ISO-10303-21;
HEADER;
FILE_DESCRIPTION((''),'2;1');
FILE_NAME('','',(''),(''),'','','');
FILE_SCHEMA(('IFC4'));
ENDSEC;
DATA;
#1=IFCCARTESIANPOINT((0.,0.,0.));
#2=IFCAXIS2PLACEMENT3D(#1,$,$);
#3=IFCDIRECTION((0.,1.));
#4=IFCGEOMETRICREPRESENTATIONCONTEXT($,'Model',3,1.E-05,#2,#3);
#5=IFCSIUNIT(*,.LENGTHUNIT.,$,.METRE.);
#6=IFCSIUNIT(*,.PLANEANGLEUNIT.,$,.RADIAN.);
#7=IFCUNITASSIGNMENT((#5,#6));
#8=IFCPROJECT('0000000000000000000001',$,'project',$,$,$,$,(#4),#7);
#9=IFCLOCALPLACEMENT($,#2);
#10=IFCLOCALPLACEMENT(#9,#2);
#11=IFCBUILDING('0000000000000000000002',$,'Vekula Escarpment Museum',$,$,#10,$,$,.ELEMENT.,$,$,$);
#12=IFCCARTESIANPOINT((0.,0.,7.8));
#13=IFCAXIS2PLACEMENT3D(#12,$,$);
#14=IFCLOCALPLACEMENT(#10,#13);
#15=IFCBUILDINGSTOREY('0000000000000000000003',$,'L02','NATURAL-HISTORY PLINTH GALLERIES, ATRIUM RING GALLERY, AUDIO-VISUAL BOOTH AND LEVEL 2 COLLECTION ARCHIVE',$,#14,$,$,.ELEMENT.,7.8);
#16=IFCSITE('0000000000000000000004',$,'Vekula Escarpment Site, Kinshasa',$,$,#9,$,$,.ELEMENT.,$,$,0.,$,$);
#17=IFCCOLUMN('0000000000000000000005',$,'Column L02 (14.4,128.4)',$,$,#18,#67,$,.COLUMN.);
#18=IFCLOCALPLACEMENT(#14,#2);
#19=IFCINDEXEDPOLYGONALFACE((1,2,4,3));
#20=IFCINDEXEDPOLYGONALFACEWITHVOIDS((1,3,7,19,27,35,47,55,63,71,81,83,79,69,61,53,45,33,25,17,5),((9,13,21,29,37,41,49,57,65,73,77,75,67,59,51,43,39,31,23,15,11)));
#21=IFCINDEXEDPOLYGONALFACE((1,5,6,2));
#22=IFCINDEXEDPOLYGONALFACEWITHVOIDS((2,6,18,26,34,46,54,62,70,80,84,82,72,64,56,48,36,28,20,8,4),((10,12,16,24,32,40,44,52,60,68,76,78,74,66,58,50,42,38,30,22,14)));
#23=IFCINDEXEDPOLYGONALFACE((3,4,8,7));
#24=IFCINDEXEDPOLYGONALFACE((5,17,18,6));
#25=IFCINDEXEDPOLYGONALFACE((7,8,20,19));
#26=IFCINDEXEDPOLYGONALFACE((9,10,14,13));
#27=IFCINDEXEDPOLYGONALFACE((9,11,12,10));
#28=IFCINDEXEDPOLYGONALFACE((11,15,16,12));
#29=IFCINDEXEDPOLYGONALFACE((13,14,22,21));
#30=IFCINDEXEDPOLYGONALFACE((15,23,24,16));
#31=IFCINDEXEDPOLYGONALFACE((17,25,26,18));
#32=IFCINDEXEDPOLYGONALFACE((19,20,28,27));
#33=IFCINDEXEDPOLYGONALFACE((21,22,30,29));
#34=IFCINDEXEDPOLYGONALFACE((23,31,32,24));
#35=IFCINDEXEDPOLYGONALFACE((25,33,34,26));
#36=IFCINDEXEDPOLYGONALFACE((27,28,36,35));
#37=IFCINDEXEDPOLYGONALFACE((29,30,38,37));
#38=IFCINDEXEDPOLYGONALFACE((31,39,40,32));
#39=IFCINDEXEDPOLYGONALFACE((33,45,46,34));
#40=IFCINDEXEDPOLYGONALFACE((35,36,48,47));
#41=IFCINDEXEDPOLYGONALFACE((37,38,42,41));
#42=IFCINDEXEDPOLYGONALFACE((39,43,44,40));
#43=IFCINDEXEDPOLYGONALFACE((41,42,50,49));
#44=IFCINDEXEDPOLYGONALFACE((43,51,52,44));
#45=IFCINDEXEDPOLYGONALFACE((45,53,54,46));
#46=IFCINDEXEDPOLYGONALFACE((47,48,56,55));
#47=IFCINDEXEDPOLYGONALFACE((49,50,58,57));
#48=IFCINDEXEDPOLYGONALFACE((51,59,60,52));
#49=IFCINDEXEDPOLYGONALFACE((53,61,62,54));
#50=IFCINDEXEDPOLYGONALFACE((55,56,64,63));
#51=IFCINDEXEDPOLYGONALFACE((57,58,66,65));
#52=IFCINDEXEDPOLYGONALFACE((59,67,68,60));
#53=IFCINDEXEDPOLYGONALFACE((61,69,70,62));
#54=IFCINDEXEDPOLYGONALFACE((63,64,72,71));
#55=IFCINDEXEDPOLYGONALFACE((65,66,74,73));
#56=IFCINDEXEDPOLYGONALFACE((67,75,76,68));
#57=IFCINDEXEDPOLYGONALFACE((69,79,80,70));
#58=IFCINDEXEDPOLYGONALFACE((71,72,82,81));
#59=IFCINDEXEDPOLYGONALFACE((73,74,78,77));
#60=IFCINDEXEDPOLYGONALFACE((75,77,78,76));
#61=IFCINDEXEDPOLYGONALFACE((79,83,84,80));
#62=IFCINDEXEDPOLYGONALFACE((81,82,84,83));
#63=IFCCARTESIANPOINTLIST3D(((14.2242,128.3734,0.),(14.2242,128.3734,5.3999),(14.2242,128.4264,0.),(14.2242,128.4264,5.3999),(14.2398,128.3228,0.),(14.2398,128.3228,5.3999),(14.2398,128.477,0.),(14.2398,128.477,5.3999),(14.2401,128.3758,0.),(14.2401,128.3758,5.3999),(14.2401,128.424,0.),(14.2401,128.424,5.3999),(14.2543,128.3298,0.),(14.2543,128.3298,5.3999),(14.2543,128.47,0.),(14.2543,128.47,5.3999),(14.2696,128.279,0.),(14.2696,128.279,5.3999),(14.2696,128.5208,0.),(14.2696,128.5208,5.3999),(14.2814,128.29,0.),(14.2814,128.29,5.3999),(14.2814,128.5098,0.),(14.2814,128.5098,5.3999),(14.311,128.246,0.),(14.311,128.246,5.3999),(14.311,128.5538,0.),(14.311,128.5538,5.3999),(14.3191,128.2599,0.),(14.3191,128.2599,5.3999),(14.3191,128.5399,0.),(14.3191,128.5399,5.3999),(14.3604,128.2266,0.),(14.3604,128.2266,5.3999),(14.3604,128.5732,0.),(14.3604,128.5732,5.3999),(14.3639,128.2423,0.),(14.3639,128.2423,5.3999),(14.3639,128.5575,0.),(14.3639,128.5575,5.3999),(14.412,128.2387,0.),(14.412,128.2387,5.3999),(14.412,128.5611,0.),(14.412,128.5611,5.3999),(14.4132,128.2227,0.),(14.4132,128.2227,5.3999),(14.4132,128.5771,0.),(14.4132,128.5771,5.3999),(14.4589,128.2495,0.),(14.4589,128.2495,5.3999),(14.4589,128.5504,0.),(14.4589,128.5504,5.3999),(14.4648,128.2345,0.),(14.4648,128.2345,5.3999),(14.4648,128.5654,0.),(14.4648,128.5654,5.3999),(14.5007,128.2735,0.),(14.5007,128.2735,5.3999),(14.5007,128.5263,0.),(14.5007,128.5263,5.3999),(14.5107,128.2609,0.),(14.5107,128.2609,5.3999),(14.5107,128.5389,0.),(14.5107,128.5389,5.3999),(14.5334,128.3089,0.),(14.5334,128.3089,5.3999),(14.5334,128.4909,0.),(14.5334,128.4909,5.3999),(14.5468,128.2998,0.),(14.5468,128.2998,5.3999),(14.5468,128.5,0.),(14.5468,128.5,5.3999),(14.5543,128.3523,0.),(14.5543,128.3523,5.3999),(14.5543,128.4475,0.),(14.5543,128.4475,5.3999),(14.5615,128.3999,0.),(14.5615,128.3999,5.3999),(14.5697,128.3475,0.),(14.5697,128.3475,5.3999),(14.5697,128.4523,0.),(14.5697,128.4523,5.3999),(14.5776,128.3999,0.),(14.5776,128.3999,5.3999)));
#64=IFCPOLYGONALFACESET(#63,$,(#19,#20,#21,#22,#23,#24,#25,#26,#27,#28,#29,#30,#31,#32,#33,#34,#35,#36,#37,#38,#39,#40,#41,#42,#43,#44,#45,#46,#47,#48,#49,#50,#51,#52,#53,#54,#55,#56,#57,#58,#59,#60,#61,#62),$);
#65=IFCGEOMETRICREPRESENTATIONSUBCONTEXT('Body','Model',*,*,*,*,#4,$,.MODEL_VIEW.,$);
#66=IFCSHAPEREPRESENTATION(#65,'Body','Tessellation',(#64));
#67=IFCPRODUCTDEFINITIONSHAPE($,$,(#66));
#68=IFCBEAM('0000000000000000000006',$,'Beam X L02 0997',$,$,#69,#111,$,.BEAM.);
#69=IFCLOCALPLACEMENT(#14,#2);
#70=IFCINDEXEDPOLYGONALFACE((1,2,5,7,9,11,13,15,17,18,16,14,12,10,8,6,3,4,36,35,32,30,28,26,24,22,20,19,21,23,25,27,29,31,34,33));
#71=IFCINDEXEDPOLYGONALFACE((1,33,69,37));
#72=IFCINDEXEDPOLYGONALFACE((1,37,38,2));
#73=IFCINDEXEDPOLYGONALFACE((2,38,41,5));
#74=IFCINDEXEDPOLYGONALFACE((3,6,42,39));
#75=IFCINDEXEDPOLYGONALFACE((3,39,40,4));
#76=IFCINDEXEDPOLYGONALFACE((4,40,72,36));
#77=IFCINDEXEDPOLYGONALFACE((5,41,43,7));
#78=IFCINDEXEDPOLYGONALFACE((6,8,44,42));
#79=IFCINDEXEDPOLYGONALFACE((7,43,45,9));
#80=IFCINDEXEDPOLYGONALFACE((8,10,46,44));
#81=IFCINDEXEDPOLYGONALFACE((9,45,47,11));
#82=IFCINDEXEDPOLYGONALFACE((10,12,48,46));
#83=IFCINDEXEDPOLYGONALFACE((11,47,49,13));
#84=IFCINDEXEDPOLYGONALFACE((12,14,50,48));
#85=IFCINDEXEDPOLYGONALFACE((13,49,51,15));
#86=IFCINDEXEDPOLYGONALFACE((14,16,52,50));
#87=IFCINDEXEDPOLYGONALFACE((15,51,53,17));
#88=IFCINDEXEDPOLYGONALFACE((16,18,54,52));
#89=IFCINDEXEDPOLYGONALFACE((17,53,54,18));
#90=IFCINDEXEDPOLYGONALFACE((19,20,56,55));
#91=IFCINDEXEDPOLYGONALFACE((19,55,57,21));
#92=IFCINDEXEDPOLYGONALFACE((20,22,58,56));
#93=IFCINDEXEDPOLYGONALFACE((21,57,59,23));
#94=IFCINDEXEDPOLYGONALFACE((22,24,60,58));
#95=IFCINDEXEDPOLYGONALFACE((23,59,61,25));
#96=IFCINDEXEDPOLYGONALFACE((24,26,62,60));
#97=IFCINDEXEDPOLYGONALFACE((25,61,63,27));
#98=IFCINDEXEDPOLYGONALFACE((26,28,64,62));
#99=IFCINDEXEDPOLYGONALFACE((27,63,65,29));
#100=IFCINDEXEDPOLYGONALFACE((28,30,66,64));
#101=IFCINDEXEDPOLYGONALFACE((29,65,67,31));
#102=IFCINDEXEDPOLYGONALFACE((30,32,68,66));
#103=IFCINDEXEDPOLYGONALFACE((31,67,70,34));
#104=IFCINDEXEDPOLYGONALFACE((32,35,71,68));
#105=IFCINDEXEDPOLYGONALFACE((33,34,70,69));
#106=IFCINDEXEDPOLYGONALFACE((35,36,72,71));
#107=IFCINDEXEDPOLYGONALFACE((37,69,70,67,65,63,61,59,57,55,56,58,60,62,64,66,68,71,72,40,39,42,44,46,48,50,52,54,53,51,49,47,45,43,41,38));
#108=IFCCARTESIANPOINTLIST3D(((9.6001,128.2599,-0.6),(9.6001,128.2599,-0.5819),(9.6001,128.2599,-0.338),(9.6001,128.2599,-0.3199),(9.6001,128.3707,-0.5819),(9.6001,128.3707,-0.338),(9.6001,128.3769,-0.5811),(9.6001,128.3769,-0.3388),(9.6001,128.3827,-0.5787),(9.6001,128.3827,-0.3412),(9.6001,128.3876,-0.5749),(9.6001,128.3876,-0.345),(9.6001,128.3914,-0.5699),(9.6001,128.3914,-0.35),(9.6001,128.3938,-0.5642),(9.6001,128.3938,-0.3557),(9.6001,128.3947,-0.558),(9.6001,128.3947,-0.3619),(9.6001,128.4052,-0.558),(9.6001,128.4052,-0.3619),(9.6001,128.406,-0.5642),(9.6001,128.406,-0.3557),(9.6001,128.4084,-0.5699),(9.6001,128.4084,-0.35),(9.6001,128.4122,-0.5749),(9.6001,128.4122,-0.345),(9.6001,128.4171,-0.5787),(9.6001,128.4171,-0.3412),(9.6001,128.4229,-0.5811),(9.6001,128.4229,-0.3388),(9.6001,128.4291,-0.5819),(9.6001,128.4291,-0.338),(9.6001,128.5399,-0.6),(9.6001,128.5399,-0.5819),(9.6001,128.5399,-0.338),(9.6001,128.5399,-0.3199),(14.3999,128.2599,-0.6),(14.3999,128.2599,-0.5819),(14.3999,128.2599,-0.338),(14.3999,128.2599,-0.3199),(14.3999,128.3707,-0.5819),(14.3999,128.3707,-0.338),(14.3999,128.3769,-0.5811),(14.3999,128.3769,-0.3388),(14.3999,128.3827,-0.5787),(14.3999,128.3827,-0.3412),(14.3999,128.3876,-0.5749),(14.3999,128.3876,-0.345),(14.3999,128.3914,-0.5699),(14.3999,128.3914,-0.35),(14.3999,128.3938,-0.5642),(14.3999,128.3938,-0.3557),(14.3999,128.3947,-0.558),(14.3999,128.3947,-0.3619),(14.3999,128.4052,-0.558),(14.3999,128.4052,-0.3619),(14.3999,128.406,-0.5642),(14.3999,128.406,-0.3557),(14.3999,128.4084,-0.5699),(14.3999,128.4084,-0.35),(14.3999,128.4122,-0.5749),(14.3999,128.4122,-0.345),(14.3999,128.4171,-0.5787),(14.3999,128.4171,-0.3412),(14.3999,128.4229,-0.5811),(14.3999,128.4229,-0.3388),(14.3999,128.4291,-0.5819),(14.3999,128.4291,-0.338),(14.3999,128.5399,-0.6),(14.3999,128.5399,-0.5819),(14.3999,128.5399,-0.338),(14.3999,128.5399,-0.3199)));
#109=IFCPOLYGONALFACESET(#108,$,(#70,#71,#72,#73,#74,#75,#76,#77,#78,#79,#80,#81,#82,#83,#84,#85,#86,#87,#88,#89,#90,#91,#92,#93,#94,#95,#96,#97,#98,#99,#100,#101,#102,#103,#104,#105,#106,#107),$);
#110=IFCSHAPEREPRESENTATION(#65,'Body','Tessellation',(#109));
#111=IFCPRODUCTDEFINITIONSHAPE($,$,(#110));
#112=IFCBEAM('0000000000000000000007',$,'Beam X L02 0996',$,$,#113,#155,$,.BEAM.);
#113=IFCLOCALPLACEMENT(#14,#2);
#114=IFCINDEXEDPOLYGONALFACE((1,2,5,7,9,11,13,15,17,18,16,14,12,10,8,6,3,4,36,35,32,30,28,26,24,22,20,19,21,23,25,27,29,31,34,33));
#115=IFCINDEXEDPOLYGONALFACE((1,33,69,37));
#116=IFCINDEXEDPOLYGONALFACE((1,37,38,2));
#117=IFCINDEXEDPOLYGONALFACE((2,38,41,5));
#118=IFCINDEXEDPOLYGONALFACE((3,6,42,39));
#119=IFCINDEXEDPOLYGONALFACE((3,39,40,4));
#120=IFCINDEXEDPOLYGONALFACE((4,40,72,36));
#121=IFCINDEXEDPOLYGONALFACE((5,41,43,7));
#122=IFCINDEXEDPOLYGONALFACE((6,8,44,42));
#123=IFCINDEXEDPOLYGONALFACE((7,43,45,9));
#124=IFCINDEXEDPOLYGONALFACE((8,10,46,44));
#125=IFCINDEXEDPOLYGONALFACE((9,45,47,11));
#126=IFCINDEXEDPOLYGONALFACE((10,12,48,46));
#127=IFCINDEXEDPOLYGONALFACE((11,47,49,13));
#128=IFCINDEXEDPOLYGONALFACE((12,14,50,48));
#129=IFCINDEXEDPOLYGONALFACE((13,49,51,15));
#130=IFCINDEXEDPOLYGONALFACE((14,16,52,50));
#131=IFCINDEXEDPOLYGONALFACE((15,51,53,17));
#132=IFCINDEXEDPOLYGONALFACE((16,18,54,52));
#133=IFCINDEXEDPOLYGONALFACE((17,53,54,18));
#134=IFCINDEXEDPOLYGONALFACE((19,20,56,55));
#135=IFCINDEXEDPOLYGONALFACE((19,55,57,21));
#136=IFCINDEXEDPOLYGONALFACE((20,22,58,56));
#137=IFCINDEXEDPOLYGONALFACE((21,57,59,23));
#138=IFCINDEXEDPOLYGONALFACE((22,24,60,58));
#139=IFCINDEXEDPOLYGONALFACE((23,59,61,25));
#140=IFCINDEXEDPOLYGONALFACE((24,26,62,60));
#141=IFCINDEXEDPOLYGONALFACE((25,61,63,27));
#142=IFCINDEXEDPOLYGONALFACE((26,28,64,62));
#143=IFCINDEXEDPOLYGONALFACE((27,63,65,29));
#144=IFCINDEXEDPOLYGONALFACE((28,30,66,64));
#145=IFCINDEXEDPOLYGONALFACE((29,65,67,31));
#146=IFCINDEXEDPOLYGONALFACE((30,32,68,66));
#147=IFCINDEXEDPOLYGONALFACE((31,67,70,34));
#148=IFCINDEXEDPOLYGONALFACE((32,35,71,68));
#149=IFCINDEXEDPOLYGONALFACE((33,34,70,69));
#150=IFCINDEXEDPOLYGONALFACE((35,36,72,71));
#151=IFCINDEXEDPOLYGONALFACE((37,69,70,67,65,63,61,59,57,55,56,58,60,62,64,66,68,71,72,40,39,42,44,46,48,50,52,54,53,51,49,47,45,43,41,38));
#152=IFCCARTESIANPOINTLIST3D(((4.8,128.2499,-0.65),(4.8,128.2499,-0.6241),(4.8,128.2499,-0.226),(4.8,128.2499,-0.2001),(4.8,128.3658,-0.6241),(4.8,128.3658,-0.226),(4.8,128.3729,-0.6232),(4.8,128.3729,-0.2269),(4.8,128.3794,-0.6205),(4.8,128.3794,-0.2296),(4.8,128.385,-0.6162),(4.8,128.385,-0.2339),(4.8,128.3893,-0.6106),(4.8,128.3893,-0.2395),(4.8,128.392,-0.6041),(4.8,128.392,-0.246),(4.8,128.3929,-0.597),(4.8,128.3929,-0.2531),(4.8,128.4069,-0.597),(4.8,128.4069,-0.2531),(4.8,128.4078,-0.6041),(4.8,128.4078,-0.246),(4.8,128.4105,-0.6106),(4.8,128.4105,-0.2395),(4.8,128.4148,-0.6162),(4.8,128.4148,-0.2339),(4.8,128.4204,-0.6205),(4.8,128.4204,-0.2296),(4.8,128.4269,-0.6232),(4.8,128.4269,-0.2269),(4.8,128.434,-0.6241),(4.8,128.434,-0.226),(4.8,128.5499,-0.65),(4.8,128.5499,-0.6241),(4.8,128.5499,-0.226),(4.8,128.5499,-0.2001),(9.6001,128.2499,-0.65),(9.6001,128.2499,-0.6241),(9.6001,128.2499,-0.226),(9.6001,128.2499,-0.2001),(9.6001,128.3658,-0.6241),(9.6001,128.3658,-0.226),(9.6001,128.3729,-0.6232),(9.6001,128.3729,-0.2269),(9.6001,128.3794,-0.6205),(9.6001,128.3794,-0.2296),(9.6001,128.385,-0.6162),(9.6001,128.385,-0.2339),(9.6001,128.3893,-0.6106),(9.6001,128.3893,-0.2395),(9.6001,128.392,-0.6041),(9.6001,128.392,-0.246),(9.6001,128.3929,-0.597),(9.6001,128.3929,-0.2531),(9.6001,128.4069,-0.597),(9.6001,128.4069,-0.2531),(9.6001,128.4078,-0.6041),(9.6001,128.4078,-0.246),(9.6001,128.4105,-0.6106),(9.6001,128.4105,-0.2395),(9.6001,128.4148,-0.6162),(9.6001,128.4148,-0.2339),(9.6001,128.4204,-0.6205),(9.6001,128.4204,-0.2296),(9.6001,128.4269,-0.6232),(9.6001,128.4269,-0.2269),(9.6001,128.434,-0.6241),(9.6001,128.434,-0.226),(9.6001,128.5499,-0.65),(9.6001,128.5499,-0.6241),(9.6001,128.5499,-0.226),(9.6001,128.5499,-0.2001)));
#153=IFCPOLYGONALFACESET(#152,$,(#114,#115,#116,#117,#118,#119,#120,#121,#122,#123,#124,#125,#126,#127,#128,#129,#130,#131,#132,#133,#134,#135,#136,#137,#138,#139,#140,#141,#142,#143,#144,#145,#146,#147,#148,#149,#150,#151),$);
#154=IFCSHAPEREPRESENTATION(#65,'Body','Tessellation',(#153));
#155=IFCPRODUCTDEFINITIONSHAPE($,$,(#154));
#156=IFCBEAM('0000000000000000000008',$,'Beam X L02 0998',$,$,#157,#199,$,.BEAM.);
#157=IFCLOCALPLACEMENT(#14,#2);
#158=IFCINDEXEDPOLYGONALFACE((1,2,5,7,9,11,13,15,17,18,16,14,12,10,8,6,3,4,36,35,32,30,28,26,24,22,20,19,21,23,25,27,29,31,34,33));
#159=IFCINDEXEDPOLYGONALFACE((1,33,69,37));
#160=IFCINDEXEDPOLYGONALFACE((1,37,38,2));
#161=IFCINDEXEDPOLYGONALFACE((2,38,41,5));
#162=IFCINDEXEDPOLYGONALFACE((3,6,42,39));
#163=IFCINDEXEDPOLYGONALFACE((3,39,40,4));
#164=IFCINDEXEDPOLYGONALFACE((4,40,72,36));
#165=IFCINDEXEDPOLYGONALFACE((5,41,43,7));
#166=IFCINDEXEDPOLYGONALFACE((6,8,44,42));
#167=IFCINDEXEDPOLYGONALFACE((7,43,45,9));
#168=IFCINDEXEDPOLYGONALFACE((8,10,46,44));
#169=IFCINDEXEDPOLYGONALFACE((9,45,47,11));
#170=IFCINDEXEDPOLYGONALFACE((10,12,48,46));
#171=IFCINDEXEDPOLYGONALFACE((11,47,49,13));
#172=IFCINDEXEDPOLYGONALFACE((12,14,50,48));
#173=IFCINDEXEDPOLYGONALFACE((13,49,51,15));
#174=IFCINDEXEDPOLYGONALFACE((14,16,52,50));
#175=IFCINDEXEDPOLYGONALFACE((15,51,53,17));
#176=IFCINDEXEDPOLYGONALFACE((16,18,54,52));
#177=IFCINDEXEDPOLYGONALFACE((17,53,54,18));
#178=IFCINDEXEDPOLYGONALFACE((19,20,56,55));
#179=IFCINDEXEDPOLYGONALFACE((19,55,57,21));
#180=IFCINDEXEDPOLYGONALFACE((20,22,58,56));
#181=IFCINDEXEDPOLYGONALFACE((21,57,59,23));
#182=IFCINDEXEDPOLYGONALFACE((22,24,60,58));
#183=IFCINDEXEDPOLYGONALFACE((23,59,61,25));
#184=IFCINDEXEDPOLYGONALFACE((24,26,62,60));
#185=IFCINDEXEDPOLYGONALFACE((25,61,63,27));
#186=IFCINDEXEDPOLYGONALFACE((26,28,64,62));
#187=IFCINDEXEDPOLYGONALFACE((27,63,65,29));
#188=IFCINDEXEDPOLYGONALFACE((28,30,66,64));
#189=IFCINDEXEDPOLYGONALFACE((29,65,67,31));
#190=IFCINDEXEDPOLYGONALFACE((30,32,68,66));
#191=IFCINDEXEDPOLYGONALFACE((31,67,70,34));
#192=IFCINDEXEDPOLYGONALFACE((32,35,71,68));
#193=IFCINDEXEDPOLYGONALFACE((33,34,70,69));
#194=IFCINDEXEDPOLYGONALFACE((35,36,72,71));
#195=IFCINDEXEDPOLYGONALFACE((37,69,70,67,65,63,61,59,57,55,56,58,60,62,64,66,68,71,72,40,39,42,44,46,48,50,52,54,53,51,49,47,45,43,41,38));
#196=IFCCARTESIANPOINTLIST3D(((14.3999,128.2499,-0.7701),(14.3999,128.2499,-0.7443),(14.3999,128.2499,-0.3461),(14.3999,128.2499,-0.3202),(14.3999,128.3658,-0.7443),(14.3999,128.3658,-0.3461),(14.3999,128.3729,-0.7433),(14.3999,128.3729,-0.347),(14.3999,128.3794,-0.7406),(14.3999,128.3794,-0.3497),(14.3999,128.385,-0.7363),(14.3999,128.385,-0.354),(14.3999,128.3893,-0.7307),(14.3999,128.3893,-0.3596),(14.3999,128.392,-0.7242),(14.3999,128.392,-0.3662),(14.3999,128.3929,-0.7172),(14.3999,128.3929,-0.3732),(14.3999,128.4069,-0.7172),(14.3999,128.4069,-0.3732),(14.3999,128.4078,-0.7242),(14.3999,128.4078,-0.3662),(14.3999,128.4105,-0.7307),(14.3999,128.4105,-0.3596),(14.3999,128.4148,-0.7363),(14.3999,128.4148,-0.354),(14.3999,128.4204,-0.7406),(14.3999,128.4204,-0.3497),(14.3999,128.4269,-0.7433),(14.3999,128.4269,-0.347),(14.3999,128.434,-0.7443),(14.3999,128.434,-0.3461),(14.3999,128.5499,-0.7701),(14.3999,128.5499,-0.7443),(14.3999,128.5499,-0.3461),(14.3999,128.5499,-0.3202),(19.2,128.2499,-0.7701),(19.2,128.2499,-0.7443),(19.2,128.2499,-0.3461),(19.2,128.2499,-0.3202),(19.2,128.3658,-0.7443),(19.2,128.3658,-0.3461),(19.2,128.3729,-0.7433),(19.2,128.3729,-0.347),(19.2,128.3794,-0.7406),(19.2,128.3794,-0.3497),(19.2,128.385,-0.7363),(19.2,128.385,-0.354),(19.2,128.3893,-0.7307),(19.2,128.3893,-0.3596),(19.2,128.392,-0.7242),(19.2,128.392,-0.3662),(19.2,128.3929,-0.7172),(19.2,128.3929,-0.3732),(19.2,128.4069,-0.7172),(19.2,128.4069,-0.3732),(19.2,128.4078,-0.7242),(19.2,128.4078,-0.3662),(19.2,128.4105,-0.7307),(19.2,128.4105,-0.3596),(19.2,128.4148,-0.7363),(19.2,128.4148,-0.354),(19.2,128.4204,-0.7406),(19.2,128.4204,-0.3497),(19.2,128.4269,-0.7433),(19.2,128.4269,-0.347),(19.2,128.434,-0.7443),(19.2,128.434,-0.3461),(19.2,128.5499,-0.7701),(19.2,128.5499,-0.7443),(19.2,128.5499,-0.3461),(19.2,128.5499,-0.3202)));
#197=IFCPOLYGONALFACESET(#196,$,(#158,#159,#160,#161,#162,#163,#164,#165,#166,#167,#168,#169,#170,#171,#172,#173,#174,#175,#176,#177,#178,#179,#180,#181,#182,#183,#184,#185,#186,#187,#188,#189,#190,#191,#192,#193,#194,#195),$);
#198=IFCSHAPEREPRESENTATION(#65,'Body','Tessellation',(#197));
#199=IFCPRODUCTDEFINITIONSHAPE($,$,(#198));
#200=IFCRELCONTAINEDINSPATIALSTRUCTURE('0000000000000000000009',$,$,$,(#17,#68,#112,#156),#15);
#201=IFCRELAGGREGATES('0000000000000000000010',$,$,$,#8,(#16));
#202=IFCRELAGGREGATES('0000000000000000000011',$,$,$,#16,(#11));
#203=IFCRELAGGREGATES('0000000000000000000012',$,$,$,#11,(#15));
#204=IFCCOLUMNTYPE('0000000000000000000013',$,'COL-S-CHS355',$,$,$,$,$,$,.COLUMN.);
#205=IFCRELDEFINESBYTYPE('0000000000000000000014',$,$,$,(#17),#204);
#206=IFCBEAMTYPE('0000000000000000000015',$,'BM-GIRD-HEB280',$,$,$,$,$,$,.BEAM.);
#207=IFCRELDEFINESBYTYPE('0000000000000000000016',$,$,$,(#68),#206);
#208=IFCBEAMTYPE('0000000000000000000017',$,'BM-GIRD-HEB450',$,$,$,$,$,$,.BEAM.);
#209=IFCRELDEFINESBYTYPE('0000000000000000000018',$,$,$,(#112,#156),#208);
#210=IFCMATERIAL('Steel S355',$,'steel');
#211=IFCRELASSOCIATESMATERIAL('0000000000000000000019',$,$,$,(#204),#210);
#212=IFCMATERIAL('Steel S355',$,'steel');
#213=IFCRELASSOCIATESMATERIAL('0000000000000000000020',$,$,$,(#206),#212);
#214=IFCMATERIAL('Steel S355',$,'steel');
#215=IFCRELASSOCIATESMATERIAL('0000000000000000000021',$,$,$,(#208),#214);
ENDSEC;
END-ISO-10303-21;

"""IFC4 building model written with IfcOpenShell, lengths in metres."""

from ifc_helpers import new_model, si_unit, direction, frame, origin, origin_2d, place, context, subcontext, project, spatial, hollow_circle, i_section, extrude, material, material_profile, profile_set, type_object, element, save


model = new_model("IFC4")

# Units and contexts
model_context = context("Model", 3, precision=1e-05, world=origin(), true_north=direction((0.0, 1.0)))
body_context = subcontext(model_context, "Body", "Model", "MODEL_VIEW")
ifc_project = project(units=[si_unit("LENGTHUNIT", "METRE"), si_unit("PLANEANGLEUNIT", "RADIAN")], contexts=[model_context])

# Site, building, storey
site_placement = place(None, origin())
site = spatial("IfcSite", under=ifc_project, at=site_placement, Name="Vekula Escarpment Site, Kinshasa", CompositionType="ELEMENT", RefElevation=0.0)
building_placement = place(site_placement, origin())
building = spatial("IfcBuilding", under=site, at=building_placement, Name="Vekula Escarpment Museum", CompositionType="ELEMENT")
storey_placement = place(building_placement, frame((0.0, 0.0, 7.8)))
storey = spatial("IfcBuildingStorey", under=building, at=storey_placement, Name="L02", Description="NATURAL-HISTORY PLINTH GALLERIES, ATRIUM RING GALLERY, AUDIO-VISUAL BOOTH AND LEVEL 2 COLLECTION ARCHIVE", CompositionType="ELEMENT", Elevation=7.8)

# Column
ifc_material_1 = material(Name="Steel S355", Category="steel")
ifc_material_profile_1 = material_profile(ifc_material_1, hollow_circle(Radius=0.1777, WallThickness=0.0161, at=origin_2d()), Name="CHS 355.6x16")
ifc_profile_set_1 = profile_set([ifc_material_profile_1], Name="Steel S355")
column_type = type_object("IfcColumnType", Name="COL-S-CHS355", PredefinedType="COLUMN", material=ifc_profile_set_1)
column_placement = place(storey_placement, frame((14.3999, 128.3999, 0.0), z_axis=(0.0, 0.0, 1.0), x_axis=(1.0, 0.0, 0.0)))
element("IfcColumn", 1, at=column_placement, inside=storey, type_object=column_type, Name="Column L02 (14.4,128.4)", PredefinedType="COLUMN", context=body_context, shape_type="SweptSolid", body=[
    extrude(hollow_circle(Radius=0.1777, WallThickness=0.0161, at=origin_2d()), origin(), (0.0, 0.0, 1.0), 5.3999),
])

# Beams
ifc_material_2 = material(Name="Steel S355", Category="steel")
ifc_material_profile_2 = material_profile(ifc_material_2, i_section(OverallWidth=0.28, OverallDepth=0.28, WebThickness=0.0105, FlangeThickness=0.0181, FilletRadius=0.0239, at=origin_2d()), Name="HEB 280")
ifc_profile_set_2 = profile_set([ifc_material_profile_2], Name="Steel S355")
beam_type_1 = type_object("IfcBeamType", Name="BM-GIRD-HEB280", PredefinedType="BEAM", material=ifc_profile_set_2)
beam_1_placement = place(storey_placement, frame((9.6001, 128.3999, -0.46), z_axis=(1.0, 0.0, 0.0), x_axis=(0.0, 1.0, 0.0)))
element("IfcBeam", 2, at=beam_1_placement, inside=storey, type_object=beam_type_1, Name="Beam X L02 0997", PredefinedType="BEAM", context=body_context, shape_type="SweptSolid", body=[
    extrude(i_section(OverallWidth=0.28, OverallDepth=0.28, WebThickness=0.0105, FlangeThickness=0.0181, FilletRadius=0.0239, at=origin_2d()), origin(), (0.0, 0.0, 1.0), 4.7998),
])
ifc_material_3 = material(Name="Steel S355", Category="steel")
ifc_material_profile_3 = material_profile(ifc_material_3, i_section(OverallWidth=0.3, OverallDepth=0.45, WebThickness=0.0139, FlangeThickness=0.0259, FilletRadius=0.0271, at=origin_2d()), Name="HEB 450")
ifc_profile_set_3 = profile_set([ifc_material_profile_3], Name="Steel S355")
beam_type_2 = type_object("IfcBeamType", Name="BM-GIRD-HEB450", PredefinedType="BEAM", material=ifc_profile_set_3)
for number, where, z_axis, x_axis, name in (
    (3, (4.8, 128.3999, -0.425), (1.0, 0.0, 0.0), (0.0, 1.0, 0.0), "Beam X L02 0996"),
    (4, (14.3999, 128.3999, -0.5452), (1.0, 0.0, 0.0), (0.0, 1.0, 0.0), "Beam X L02 0998"),
):
    element("IfcBeam", number, at=place(storey_placement, frame(where, z_axis=z_axis, x_axis=x_axis)), inside=storey, type_object=beam_type_2, Name=name, PredefinedType="BEAM", context=body_context, shape_type="SweptSolid", body=[
        extrude(i_section(OverallWidth=0.3, OverallDepth=0.45, WebThickness=0.0139, FlangeThickness=0.0259, FilletRadius=0.0271, at=origin_2d()), origin(), (0.0, 0.0, 1.0), 4.8),
    ])

save(model, "model.ifc")
